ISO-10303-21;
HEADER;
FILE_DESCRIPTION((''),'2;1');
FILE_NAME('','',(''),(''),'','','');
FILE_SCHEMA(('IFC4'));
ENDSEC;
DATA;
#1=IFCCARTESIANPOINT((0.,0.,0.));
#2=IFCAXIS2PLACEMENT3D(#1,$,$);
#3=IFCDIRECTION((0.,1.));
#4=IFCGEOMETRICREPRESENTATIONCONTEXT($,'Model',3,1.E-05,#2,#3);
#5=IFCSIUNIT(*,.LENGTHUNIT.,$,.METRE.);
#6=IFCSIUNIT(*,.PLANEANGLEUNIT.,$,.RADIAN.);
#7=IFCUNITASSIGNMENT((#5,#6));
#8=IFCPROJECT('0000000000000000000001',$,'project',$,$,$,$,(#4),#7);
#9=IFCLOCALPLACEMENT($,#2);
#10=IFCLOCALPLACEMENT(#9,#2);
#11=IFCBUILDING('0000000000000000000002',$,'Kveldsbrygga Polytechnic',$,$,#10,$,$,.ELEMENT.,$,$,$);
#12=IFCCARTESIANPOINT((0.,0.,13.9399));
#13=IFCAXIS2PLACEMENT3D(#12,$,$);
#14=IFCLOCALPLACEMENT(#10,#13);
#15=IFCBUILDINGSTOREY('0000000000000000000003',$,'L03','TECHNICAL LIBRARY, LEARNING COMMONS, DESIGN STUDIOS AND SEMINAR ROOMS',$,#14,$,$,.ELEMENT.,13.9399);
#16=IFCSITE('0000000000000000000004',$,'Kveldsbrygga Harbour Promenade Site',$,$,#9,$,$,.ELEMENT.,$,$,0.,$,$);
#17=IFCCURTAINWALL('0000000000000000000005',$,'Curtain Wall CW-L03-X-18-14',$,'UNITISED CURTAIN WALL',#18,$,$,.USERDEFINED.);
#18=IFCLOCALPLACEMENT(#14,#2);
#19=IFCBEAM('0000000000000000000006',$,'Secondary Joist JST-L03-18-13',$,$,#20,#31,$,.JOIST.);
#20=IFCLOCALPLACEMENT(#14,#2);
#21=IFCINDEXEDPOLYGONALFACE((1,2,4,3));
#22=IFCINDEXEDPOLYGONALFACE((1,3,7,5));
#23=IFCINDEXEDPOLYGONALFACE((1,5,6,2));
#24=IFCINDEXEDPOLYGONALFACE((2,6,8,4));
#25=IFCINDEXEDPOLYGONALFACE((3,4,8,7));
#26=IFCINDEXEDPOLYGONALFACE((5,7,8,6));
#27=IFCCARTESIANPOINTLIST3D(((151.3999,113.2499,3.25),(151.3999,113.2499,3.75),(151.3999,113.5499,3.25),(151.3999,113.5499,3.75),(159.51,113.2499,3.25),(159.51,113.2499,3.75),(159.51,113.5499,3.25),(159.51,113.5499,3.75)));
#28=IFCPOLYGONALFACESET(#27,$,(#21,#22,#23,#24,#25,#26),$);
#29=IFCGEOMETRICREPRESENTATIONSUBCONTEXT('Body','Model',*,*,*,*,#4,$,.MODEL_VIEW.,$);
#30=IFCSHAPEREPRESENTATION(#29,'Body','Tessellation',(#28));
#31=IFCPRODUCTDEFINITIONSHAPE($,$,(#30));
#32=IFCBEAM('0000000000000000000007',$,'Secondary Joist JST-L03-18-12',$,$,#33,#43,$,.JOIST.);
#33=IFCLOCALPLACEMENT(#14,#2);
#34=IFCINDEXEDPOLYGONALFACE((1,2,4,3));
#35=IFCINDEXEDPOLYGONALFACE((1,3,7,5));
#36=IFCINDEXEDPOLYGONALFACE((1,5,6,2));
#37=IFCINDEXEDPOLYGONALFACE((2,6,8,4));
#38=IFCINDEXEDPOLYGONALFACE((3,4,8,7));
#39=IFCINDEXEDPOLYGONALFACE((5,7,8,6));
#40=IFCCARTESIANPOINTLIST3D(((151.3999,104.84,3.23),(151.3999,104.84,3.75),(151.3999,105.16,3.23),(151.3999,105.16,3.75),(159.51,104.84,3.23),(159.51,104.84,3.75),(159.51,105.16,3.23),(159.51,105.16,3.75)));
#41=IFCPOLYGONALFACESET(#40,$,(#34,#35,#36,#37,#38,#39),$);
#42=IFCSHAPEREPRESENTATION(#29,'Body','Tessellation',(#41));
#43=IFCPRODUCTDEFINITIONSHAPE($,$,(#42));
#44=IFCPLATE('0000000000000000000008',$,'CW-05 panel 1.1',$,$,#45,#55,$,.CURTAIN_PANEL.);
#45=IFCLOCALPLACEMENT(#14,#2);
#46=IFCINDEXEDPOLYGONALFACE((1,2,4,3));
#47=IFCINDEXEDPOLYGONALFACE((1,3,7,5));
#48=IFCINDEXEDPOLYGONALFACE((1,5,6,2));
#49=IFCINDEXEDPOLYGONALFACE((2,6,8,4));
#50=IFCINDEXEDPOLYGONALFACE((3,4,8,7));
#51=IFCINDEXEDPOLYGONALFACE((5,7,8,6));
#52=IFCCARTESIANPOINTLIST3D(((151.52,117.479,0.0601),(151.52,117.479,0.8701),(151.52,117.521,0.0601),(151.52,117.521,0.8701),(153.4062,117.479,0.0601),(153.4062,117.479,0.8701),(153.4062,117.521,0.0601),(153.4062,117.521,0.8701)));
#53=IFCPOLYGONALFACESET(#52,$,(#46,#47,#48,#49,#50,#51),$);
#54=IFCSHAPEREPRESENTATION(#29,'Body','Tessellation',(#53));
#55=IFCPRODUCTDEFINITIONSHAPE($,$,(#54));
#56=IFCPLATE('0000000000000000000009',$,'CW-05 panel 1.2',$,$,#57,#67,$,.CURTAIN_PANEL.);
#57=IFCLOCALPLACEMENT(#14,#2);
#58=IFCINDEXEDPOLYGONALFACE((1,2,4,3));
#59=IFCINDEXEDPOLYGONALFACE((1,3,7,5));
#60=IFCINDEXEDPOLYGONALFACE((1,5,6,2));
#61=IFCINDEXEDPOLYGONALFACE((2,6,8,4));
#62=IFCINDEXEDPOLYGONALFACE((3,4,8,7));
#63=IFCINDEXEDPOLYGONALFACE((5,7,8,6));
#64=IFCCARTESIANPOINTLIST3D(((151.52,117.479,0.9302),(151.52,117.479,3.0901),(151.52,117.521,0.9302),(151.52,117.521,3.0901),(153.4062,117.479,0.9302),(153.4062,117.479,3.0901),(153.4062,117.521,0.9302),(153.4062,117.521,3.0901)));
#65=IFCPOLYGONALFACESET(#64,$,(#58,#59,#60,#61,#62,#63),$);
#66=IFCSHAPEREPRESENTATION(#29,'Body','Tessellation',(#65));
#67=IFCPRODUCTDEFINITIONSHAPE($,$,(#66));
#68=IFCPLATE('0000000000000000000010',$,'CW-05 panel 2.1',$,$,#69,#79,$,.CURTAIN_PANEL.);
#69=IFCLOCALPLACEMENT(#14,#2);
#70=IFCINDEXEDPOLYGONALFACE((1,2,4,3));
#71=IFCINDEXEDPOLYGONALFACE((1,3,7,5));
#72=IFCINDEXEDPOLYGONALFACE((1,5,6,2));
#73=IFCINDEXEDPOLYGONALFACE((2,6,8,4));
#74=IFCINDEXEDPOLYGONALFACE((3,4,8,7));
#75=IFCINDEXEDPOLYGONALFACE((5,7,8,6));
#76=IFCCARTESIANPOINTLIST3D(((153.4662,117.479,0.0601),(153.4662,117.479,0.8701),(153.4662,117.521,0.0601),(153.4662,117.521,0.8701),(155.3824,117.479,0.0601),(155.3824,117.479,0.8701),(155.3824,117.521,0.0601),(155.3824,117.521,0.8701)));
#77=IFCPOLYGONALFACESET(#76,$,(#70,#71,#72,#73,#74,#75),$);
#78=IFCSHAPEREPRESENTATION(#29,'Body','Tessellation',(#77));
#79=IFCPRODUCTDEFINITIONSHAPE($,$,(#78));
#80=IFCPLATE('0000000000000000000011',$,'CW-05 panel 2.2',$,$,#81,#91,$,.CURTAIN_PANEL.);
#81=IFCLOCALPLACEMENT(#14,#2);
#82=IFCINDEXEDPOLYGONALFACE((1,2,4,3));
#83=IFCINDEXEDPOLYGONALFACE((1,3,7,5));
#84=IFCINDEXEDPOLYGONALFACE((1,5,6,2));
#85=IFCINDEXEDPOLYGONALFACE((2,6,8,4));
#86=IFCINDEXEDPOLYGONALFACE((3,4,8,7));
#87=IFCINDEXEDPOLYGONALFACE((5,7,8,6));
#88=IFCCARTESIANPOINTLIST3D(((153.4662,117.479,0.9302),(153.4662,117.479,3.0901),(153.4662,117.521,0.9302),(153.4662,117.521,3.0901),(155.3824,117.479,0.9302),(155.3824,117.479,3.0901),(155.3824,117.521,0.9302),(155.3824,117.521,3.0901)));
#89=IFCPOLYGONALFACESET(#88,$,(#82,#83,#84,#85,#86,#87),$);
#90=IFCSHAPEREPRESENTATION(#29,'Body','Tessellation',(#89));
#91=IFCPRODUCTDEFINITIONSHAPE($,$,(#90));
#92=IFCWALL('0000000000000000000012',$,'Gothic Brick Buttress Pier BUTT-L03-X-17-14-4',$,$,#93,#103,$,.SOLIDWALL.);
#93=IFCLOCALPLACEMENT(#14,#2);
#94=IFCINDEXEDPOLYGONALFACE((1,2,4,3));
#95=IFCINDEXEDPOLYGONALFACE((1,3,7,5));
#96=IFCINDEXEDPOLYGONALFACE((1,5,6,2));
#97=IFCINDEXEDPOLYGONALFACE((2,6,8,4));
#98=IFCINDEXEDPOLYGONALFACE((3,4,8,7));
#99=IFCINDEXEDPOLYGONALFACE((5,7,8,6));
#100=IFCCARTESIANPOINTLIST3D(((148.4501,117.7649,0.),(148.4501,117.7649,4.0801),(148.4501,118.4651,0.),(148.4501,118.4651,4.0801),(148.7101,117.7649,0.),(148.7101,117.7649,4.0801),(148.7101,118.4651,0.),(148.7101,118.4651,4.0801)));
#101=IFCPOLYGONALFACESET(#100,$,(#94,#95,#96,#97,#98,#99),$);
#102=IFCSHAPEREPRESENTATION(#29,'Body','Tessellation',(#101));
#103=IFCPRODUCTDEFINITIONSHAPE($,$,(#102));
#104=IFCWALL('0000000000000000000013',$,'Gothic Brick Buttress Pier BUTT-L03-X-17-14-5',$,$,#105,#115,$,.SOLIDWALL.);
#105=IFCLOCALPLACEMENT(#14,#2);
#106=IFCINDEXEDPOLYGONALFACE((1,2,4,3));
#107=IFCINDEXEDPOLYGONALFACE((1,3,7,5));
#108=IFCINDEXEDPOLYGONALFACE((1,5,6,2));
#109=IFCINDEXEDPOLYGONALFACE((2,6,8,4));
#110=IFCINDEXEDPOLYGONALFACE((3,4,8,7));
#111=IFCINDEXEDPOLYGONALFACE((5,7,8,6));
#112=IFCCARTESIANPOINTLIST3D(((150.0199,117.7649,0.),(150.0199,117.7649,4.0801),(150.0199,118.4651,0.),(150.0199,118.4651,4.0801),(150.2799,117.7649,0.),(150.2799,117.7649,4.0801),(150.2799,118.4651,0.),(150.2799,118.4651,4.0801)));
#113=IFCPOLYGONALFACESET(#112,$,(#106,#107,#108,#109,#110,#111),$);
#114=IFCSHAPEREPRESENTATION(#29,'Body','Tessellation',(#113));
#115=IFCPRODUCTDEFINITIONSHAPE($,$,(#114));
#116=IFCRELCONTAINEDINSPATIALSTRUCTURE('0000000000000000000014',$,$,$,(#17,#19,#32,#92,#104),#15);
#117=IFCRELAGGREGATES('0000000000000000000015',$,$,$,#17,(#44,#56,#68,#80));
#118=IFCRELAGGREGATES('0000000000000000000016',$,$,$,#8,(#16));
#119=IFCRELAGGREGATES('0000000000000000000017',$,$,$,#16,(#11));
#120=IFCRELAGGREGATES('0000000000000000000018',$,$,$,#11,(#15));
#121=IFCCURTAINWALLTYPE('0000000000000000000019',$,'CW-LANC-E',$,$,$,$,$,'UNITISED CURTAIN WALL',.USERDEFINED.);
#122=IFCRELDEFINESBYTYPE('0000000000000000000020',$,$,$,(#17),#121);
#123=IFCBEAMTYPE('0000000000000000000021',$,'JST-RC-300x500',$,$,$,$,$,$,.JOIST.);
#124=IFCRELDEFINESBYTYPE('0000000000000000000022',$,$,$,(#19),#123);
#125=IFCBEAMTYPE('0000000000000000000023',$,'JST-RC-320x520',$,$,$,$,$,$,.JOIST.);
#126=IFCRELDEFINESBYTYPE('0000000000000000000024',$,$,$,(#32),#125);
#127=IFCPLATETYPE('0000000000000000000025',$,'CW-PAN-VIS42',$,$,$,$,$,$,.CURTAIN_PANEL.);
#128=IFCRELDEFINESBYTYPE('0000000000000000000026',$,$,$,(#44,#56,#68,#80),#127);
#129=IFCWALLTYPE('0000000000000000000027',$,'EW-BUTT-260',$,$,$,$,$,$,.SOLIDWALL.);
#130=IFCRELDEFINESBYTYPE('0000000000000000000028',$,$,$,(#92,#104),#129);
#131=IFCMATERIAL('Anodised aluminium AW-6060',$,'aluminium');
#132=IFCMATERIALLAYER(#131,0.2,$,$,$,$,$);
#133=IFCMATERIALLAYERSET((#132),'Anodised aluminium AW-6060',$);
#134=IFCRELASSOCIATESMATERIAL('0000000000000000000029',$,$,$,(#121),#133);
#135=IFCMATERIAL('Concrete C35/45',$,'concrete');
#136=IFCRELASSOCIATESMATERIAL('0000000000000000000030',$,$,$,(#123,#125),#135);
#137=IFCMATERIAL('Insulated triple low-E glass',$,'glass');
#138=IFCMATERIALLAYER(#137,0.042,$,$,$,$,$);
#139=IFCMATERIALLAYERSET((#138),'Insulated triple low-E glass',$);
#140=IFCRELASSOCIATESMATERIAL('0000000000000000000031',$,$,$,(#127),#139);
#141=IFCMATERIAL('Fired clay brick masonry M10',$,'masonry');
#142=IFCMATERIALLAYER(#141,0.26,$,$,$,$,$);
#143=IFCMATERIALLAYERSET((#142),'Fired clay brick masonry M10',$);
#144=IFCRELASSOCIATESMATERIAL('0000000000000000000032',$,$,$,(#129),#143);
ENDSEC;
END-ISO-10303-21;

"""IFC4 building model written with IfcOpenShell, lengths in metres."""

from ifc_helpers import new_model, si_unit, direction, frame, frame_2d, origin, origin_2d, place, context, subcontext, project, spatial, rectangle, extrude, material, layer, layer_set, material_profile, profile_set, type_object, element, aggregate, save


model = new_model("IFC4")

# Units and contexts
model_context = context("Model", 3, precision=1e-05, world=origin(), true_north=direction((0.0, 1.0)))
body_context = subcontext(model_context, "Body", "Model", "MODEL_VIEW")
ifc_project = project(units=[si_unit("LENGTHUNIT", "METRE"), si_unit("PLANEANGLEUNIT", "RADIAN")], contexts=[model_context])

# Site, building, storey
site_placement = place(None, origin())
site = spatial("IfcSite", under=ifc_project, at=site_placement, Name="Kveldsbrygga Harbour Promenade Site", CompositionType="ELEMENT", RefElevation=0.0)
building_placement = place(site_placement, origin())
building = spatial("IfcBuilding", under=site, at=building_placement, Name="Kveldsbrygga Polytechnic", CompositionType="ELEMENT")
storey_placement = place(building_placement, frame((0.0, 0.0, 13.9399)))
storey = spatial("IfcBuildingStorey", under=building, at=storey_placement, Name="L03", Description="TECHNICAL LIBRARY, LEARNING COMMONS, DESIGN STUDIOS AND SEMINAR ROOMS", CompositionType="ELEMENT", Elevation=13.9399)

# Shared definitions
ifc_material_1 = material(Name="Concrete C35/45", Category="concrete")

# Curtain wall
ifc_material_2 = material(Name="Anodised aluminium AW-6060", Category="aluminium")
ifc_layer_1 = layer(ifc_material_2, 0.2)
ifc_layer_set_1 = layer_set([ifc_layer_1], Name="Anodised aluminium AW-6060")
curtain_wall_type = type_object("IfcCurtainWallType", Name="CW-LANC-E", ElementType="UNITISED CURTAIN WALL", PredefinedType="USERDEFINED", material=ifc_layer_set_1)
curtain_wall_placement = place(storey_placement, origin())
curtain_wall = element("IfcCurtainWall", 1, at=curtain_wall_placement, inside=storey, type_object=curtain_wall_type, Name="Curtain Wall CW-L03-X-18-14", ObjectType="UNITISED CURTAIN WALL", PredefinedType="USERDEFINED")

# Beams
ifc_material_profile_1 = material_profile(ifc_material_1, rectangle(XDim=0.3, YDim=0.5, at=origin_2d()), Name="RC 300x500")
ifc_profile_set_1 = profile_set([ifc_material_profile_1], Name="Concrete C35/45")
beam_type_1 = type_object("IfcBeamType", Name="JST-RC-300x500", PredefinedType="JOIST", material=ifc_profile_set_1)
beam_1_placement = place(storey_placement, frame((151.3999, 113.3999, 3.5), z_axis=(1.0, 0.0, 0.0), x_axis=(0.0, 1.0, 0.0)))
element("IfcBeam", 2, at=beam_1_placement, inside=storey, type_object=beam_type_1, Name="Secondary Joist JST-L03-18-13", PredefinedType="JOIST", context=body_context, shape_type="SweptSolid", body=[
    extrude(rectangle(XDim=0.3, YDim=0.5, at=origin_2d()), origin(), (0.0, 0.0, 1.0), 8.1101),
])
ifc_material_profile_2 = material_profile(ifc_material_1, rectangle(XDim=0.3201, YDim=0.52, at=origin_2d()), Name="RC 320x520")
ifc_profile_set_2 = profile_set([ifc_material_profile_2], Name="Concrete C35/45")
beam_type_2 = type_object("IfcBeamType", Name="JST-RC-320x520", PredefinedType="JOIST", material=ifc_profile_set_2)
beam_2_placement = place(storey_placement, frame((151.3999, 105.0, 3.49), z_axis=(1.0, 0.0, 0.0), x_axis=(0.0, 1.0, 0.0)))
element("IfcBeam", 3, at=beam_2_placement, inside=storey, type_object=beam_type_2, Name="Secondary Joist JST-L03-18-12", PredefinedType="JOIST", context=body_context, shape_type="SweptSolid", body=[
    extrude(rectangle(XDim=0.3201, YDim=0.52, at=origin_2d()), origin(), (0.0, 0.0, 1.0), 8.1101),
])

# Plates
ifc_material_3 = material(Name="Insulated triple low-E glass", Category="glass")
ifc_layer_2 = layer(ifc_material_3, 0.042)
ifc_layer_set_2 = layer_set([ifc_layer_2], Name="Insulated triple low-E glass")
plate_type = type_object("IfcPlateType", Name="CW-PAN-VIS42", PredefinedType="CURTAIN_PANEL", material=ifc_layer_set_2)
plate_1_placement = place(storey_placement, frame((152.4631, 117.5, 0.0601), z_axis=(0.0, 0.0, 1.0), x_axis=(1.0, 0.0, 0.0)))
plate_1 = element("IfcPlate", 4, at=plate_1_placement, type_object=plate_type, Name="CW-05 panel 1.1", PredefinedType="CURTAIN_PANEL", context=body_context, shape_type="SweptSolid", body=[
    extrude(rectangle(XDim=1.8862, YDim=0.042, at=origin_2d()), origin(), (0.0, 0.0, 1.0), 0.8101),
])
plate_2_placement = place(storey_placement, frame((152.4631, 117.5, 0.9302), z_axis=(0.0, 0.0, 1.0), x_axis=(1.0, 0.0, 0.0)))
plate_2 = element("IfcPlate", 5, at=plate_2_placement, type_object=plate_type, Name="CW-05 panel 1.2", PredefinedType="CURTAIN_PANEL", context=body_context, shape_type="SweptSolid", body=[
    extrude(rectangle(XDim=1.8862, YDim=0.042, at=origin_2d()), origin(), (0.0, 0.0, 1.0), 2.1599),
])
plate_3_placement = place(storey_placement, frame((154.4243, 117.5, 0.0601), z_axis=(0.0, 0.0, 1.0), x_axis=(1.0, 0.0, 0.0)))
plate_3 = element("IfcPlate", 6, at=plate_3_placement, type_object=plate_type, Name="CW-05 panel 2.1", PredefinedType="CURTAIN_PANEL", context=body_context, shape_type="SweptSolid", body=[
    extrude(rectangle(XDim=1.9163, YDim=0.042, at=origin_2d()), origin(), (0.0, 0.0, 1.0), 0.8101),
])
plate_4_placement = place(storey_placement, frame((154.4243, 117.5, 0.9302), z_axis=(0.0, 0.0, 1.0), x_axis=(1.0, 0.0, 0.0)))
plate_4 = element("IfcPlate", 7, at=plate_4_placement, type_object=plate_type, Name="CW-05 panel 2.2", PredefinedType="CURTAIN_PANEL", context=body_context, shape_type="SweptSolid", body=[
    extrude(rectangle(XDim=1.9163, YDim=0.042, at=origin_2d()), origin(), (0.0, 0.0, 1.0), 2.1599),
])
aggregate(curtain_wall, [plate_1, plate_2, plate_3, plate_4])

# Walls
ifc_material_4 = material(Name="Fired clay brick masonry M10", Category="masonry")
ifc_layer_3 = layer(ifc_material_4, 0.26)
ifc_layer_set_3 = layer_set([ifc_layer_3], Name="Fired clay brick masonry M10")
wall_type = type_object("IfcWallType", Name="EW-BUTT-260", PredefinedType="SOLIDWALL", material=ifc_layer_set_3)
for number, where, z_axis, x_axis, name in (
    (8, (148.5801, 117.7649, 0.0), (0.0, 0.0, 1.0), (0.0, 1.0, 0.0), "Gothic Brick Buttress Pier BUTT-L03-X-17-14-4"),
    (9, (150.1499, 117.7649, 0.0), (0.0, 0.0, 1.0), (0.0, 1.0, 0.0), "Gothic Brick Buttress Pier BUTT-L03-X-17-14-5"),
):
    element("IfcWall", number, at=place(storey_placement, frame(where, z_axis=z_axis, x_axis=x_axis)), inside=storey, type_object=wall_type, Name=name, PredefinedType="SOLIDWALL", context=body_context, shape_type="SweptSolid", body=[
        extrude(rectangle(XDim=0.7002, YDim=0.26, at=frame_2d((0.3501, 0.0))), origin(), (0.0, 0.0, 1.0), 4.0801),
    ])

save(model, "model.ifc")
